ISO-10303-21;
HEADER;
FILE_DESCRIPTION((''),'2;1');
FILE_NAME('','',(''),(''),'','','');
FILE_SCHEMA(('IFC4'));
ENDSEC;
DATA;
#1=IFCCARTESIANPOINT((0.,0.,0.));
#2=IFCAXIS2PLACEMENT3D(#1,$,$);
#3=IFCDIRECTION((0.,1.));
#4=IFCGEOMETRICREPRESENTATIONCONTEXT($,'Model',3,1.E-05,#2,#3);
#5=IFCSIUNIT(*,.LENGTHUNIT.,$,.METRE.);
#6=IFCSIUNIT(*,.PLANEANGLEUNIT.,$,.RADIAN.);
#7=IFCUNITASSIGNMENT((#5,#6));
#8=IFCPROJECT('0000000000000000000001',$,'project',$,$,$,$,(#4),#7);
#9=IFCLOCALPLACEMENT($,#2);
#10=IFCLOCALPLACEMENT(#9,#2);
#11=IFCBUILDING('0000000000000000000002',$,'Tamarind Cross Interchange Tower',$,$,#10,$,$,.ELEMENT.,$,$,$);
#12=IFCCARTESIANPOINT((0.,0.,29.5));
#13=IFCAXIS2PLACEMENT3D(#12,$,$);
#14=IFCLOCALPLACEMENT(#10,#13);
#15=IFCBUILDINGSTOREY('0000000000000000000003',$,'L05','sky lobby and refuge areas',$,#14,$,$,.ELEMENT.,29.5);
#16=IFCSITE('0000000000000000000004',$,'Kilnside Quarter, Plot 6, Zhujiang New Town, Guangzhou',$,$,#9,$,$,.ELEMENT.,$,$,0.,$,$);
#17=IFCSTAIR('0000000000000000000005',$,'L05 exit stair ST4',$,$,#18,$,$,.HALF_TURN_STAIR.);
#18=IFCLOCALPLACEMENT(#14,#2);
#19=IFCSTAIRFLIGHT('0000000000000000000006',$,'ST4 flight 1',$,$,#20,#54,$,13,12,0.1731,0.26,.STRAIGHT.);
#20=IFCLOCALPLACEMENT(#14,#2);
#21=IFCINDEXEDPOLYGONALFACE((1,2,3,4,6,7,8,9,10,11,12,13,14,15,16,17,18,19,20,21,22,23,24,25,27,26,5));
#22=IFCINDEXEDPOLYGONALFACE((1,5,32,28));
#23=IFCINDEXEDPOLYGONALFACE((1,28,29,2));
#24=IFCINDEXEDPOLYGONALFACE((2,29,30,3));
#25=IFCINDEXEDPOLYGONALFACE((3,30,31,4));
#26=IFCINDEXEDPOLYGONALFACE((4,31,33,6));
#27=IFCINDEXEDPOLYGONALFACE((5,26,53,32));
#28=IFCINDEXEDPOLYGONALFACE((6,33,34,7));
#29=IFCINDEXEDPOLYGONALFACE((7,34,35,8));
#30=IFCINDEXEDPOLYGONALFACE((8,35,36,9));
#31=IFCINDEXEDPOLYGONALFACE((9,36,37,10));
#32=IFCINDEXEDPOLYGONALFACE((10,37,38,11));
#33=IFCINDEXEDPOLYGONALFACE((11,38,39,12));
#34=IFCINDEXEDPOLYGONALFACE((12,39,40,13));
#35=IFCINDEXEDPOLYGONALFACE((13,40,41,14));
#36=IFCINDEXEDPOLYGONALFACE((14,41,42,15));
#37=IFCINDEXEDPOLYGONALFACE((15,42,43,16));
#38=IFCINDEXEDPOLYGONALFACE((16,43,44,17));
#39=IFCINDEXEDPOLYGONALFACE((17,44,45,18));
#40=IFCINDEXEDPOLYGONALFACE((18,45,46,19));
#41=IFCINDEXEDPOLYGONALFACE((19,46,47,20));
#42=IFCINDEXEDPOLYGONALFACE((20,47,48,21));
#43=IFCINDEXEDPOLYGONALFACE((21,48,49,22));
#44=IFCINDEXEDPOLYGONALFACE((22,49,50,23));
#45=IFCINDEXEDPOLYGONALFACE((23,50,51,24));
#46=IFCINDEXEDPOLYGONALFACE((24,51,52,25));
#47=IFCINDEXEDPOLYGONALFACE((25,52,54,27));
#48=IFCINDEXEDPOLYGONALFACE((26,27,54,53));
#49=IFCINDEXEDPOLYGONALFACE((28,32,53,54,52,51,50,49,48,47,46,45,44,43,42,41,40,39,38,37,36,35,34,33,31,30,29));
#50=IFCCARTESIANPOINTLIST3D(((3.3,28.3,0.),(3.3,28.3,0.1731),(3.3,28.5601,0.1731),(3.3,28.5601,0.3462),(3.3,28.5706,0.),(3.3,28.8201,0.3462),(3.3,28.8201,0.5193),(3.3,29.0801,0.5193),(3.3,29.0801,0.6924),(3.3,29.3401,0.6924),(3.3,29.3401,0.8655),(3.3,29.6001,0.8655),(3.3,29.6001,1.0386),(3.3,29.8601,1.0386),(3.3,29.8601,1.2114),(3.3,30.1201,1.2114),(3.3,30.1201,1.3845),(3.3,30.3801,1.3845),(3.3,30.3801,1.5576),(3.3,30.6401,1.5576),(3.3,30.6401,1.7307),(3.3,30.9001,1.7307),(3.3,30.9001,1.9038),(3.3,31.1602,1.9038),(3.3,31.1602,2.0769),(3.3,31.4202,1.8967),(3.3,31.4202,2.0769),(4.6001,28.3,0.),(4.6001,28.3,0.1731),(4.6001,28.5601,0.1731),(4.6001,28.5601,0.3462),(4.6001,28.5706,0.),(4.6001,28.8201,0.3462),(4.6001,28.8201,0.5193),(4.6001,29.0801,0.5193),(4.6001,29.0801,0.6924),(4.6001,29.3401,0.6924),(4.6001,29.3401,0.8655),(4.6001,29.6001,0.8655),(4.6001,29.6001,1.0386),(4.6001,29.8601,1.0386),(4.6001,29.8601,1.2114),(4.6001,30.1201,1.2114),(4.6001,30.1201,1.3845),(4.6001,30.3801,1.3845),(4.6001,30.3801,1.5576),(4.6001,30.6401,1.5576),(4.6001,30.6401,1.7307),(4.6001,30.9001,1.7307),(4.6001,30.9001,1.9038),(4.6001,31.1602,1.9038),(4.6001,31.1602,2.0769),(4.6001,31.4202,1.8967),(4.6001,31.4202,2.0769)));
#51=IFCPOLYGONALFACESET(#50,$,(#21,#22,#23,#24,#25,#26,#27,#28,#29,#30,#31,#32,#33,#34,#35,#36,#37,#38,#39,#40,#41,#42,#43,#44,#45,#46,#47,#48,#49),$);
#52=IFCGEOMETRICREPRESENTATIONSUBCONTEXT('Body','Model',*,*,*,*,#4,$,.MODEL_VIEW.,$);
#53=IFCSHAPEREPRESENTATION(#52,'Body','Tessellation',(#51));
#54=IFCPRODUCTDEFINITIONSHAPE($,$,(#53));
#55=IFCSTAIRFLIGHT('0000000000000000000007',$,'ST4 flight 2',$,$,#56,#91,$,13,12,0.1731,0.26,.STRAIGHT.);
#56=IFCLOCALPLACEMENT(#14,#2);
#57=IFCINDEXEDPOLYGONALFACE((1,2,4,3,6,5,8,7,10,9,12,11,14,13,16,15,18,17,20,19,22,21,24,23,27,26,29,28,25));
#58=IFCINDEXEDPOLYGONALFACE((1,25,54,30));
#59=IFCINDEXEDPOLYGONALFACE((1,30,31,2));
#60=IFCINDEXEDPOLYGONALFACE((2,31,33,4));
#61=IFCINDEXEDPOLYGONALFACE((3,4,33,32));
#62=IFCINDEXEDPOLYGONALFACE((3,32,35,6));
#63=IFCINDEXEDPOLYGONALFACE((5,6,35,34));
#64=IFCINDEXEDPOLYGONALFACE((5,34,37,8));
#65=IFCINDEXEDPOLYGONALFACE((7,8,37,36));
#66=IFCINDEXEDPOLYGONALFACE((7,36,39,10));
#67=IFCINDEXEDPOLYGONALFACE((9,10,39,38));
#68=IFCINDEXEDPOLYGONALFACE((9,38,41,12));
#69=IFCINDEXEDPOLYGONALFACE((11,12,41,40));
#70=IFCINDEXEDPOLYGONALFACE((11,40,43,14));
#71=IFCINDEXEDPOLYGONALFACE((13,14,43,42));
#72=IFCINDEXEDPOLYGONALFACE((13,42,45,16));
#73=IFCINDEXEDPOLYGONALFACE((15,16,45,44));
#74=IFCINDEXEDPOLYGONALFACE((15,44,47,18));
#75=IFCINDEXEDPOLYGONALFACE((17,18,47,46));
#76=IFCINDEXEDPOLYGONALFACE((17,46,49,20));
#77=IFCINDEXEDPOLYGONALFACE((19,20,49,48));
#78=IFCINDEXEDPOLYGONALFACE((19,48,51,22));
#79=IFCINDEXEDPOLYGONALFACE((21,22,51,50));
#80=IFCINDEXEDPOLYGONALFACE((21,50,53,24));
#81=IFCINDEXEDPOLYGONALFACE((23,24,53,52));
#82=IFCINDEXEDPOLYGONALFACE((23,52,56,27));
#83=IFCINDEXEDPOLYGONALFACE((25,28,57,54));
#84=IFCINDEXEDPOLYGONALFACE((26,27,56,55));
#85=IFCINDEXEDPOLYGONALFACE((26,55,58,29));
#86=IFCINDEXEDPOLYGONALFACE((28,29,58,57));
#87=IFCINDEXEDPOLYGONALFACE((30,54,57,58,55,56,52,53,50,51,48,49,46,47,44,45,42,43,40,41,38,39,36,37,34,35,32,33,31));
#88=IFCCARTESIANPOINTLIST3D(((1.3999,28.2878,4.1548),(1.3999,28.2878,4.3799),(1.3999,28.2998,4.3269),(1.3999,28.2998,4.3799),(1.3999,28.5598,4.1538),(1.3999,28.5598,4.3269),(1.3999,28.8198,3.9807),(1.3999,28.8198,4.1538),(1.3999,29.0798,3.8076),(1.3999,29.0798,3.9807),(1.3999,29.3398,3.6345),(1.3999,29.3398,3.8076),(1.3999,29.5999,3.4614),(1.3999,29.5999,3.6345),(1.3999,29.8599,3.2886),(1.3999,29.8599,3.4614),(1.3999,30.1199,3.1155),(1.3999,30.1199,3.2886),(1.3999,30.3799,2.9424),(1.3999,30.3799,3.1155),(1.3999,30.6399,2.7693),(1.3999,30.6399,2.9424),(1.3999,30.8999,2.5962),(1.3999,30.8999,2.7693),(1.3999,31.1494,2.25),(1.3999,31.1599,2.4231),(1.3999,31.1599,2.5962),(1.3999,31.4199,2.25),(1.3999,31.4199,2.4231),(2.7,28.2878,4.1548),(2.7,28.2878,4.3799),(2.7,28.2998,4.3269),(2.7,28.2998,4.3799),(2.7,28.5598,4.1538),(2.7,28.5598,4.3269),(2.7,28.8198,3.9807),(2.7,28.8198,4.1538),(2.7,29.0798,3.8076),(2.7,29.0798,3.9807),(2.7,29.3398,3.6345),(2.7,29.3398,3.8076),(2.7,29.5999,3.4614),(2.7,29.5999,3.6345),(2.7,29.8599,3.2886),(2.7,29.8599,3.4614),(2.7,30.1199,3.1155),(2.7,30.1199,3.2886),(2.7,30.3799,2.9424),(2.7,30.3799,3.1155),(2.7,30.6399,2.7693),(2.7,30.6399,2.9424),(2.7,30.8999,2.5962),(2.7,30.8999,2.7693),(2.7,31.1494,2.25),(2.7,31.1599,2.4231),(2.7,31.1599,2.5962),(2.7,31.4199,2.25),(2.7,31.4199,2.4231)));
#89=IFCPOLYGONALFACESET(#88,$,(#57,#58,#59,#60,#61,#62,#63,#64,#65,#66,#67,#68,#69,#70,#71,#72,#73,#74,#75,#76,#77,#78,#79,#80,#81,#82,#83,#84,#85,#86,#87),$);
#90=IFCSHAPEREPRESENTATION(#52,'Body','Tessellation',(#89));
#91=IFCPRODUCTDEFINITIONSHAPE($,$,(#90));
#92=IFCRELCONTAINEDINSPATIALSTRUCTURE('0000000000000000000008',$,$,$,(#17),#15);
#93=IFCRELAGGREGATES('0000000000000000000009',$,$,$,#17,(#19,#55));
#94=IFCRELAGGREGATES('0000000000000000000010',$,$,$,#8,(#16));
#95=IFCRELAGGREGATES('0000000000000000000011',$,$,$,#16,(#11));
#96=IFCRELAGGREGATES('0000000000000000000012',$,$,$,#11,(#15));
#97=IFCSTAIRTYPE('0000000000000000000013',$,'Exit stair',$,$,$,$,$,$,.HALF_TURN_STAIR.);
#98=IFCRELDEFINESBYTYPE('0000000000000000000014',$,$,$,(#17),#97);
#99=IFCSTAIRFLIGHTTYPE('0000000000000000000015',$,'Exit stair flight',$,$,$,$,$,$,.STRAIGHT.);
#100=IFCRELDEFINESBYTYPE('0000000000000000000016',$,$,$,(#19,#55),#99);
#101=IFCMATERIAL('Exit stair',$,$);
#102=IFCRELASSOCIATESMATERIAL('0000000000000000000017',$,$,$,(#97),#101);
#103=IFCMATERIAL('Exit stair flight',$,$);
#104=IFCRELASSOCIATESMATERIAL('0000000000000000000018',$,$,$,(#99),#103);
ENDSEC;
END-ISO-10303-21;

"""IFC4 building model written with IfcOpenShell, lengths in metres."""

from ifc_helpers import new_model, si_unit, direction, frame, origin, place, context, subcontext, project, spatial, polyline, outline, extrude, material, type_object, element, aggregate, save


model = new_model("IFC4")

# Units and contexts
model_context = context("Model", 3, precision=1e-05, world=origin(), true_north=direction((0.0, 1.0)))
body_context = subcontext(model_context, "Body", "Model", "MODEL_VIEW")
ifc_project = project(units=[si_unit("LENGTHUNIT", "METRE"), si_unit("PLANEANGLEUNIT", "RADIAN")], contexts=[model_context])

# Site, building, storey
site_placement = place(None, origin())
site = spatial("IfcSite", under=ifc_project, at=site_placement, Name="Kilnside Quarter, Plot 6, Zhujiang New Town, Guangzhou", CompositionType="ELEMENT", RefElevation=0.0)
building_placement = place(site_placement, origin())
building = spatial("IfcBuilding", under=site, at=building_placement, Name="Tamarind Cross Interchange Tower", CompositionType="ELEMENT")
storey_placement = place(building_placement, frame((0.0, 0.0, 29.5)))
storey = spatial("IfcBuildingStorey", under=building, at=storey_placement, Name="L05", Description="sky lobby and refuge areas", CompositionType="ELEMENT", Elevation=29.5)

# Stair, stair flights
ifc_material_1 = material(Name="Exit stair")
stair_type = type_object("IfcStairType", Name="Exit stair", PredefinedType="HALF_TURN_STAIR", material=ifc_material_1)
stair_placement = place(storey_placement, origin())
stair = element("IfcStair", 1, at=stair_placement, inside=storey, type_object=stair_type, Name="L05 exit stair ST4", PredefinedType="HALF_TURN_STAIR")
ifc_material_2 = material(Name="Exit stair flight")
stair_flight_type = type_object("IfcStairFlightType", Name="Exit stair flight", PredefinedType="STRAIGHT", material=ifc_material_2)
stair_flight_1_placement = place(storey_placement, frame((3.95, 28.3, 0.0), z_axis=(0.0, 0.0, 1.0), x_axis=(0.0, 1.0, 0.0)))
stair_flight_1 = element("IfcStairFlight", 2, at=stair_flight_1_placement, type_object=stair_flight_type, Name="ST4 flight 1", NumberOfRisers=13, NumberOfTreads=12, PredefinedType="STRAIGHT", RiserHeight=0.1731, TreadLength=0.26, context=body_context, shape_type="SweptSolid", body=[
    extrude(outline(polyline([(0.0, 0.0), (0.0, 0.1731), (0.26, 0.1731), (0.26, 0.3462), (0.52, 0.3462), (0.52, 0.5193), (0.78, 0.5193), (0.78, 0.6924), (1.04, 0.6924), (1.04, 0.8655), (1.3, 0.8655), (1.3, 1.0386), (1.5601, 1.0386), (1.5601, 1.2114), (1.8201, 1.2114), (1.8201, 1.3845), (2.0801, 1.3845), (2.0801, 1.5576), (2.3401, 1.5576), (2.3401, 1.7307), (2.6001, 1.7307), (2.6001, 1.9038), (2.8601, 1.9038), (2.8601, 2.0769), (3.1201, 2.0769), (3.1201, 2.25), (3.1201, 1.8967), (0.2705, 0.0), (0.0, 0.0)])), frame((0.0, 0.6499, 0.0), z_axis=(0.0, -1.0, 0.0), x_axis=(1.0, 0.0, 0.0)), (0.0, 0.0, 1.0), 1.3),
])
stair_flight_2_placement = place(storey_placement, frame((2.05, 31.4199, 2.25), z_axis=(0.0, 0.0, 1.0), x_axis=(0.0, -1.0, 0.0)))
stair_flight_2 = element("IfcStairFlight", 3, at=stair_flight_2_placement, type_object=stair_flight_type, Name="ST4 flight 2", NumberOfRisers=13, NumberOfTreads=12, PredefinedType="STRAIGHT", RiserHeight=0.1731, TreadLength=0.26, context=body_context, shape_type="SweptSolid", body=[
    extrude(outline(polyline([(0.0, 0.0), (0.0, 0.1731), (0.26, 0.1731), (0.26, 0.3462), (0.52, 0.3462), (0.52, 0.5193), (0.78, 0.5193), (0.78, 0.6924), (1.04, 0.6924), (1.04, 0.8655), (1.3, 0.8655), (1.3, 1.0386), (1.5601, 1.0386), (1.5601, 1.2114), (1.8201, 1.2114), (1.8201, 1.3845), (2.0801, 1.3845), (2.0801, 1.5576), (2.3401, 1.5576), (2.3401, 1.7307), (2.6001, 1.7307), (2.6001, 1.9038), (2.8601, 1.9038), (2.8601, 2.0769), (3.1201, 2.0769), (3.1201, 2.1299), (3.1321, 2.1299), (3.1321, 1.9048), (0.2705, 0.0), (0.0, 0.0)])), frame((0.0, 0.6499, 0.0), z_axis=(0.0, -1.0, 0.0), x_axis=(1.0, 0.0, 0.0)), (0.0, 0.0, 1.0), 1.3),
])
aggregate(stair, [stair_flight_1, stair_flight_2])

save(model, "model.ifc")
